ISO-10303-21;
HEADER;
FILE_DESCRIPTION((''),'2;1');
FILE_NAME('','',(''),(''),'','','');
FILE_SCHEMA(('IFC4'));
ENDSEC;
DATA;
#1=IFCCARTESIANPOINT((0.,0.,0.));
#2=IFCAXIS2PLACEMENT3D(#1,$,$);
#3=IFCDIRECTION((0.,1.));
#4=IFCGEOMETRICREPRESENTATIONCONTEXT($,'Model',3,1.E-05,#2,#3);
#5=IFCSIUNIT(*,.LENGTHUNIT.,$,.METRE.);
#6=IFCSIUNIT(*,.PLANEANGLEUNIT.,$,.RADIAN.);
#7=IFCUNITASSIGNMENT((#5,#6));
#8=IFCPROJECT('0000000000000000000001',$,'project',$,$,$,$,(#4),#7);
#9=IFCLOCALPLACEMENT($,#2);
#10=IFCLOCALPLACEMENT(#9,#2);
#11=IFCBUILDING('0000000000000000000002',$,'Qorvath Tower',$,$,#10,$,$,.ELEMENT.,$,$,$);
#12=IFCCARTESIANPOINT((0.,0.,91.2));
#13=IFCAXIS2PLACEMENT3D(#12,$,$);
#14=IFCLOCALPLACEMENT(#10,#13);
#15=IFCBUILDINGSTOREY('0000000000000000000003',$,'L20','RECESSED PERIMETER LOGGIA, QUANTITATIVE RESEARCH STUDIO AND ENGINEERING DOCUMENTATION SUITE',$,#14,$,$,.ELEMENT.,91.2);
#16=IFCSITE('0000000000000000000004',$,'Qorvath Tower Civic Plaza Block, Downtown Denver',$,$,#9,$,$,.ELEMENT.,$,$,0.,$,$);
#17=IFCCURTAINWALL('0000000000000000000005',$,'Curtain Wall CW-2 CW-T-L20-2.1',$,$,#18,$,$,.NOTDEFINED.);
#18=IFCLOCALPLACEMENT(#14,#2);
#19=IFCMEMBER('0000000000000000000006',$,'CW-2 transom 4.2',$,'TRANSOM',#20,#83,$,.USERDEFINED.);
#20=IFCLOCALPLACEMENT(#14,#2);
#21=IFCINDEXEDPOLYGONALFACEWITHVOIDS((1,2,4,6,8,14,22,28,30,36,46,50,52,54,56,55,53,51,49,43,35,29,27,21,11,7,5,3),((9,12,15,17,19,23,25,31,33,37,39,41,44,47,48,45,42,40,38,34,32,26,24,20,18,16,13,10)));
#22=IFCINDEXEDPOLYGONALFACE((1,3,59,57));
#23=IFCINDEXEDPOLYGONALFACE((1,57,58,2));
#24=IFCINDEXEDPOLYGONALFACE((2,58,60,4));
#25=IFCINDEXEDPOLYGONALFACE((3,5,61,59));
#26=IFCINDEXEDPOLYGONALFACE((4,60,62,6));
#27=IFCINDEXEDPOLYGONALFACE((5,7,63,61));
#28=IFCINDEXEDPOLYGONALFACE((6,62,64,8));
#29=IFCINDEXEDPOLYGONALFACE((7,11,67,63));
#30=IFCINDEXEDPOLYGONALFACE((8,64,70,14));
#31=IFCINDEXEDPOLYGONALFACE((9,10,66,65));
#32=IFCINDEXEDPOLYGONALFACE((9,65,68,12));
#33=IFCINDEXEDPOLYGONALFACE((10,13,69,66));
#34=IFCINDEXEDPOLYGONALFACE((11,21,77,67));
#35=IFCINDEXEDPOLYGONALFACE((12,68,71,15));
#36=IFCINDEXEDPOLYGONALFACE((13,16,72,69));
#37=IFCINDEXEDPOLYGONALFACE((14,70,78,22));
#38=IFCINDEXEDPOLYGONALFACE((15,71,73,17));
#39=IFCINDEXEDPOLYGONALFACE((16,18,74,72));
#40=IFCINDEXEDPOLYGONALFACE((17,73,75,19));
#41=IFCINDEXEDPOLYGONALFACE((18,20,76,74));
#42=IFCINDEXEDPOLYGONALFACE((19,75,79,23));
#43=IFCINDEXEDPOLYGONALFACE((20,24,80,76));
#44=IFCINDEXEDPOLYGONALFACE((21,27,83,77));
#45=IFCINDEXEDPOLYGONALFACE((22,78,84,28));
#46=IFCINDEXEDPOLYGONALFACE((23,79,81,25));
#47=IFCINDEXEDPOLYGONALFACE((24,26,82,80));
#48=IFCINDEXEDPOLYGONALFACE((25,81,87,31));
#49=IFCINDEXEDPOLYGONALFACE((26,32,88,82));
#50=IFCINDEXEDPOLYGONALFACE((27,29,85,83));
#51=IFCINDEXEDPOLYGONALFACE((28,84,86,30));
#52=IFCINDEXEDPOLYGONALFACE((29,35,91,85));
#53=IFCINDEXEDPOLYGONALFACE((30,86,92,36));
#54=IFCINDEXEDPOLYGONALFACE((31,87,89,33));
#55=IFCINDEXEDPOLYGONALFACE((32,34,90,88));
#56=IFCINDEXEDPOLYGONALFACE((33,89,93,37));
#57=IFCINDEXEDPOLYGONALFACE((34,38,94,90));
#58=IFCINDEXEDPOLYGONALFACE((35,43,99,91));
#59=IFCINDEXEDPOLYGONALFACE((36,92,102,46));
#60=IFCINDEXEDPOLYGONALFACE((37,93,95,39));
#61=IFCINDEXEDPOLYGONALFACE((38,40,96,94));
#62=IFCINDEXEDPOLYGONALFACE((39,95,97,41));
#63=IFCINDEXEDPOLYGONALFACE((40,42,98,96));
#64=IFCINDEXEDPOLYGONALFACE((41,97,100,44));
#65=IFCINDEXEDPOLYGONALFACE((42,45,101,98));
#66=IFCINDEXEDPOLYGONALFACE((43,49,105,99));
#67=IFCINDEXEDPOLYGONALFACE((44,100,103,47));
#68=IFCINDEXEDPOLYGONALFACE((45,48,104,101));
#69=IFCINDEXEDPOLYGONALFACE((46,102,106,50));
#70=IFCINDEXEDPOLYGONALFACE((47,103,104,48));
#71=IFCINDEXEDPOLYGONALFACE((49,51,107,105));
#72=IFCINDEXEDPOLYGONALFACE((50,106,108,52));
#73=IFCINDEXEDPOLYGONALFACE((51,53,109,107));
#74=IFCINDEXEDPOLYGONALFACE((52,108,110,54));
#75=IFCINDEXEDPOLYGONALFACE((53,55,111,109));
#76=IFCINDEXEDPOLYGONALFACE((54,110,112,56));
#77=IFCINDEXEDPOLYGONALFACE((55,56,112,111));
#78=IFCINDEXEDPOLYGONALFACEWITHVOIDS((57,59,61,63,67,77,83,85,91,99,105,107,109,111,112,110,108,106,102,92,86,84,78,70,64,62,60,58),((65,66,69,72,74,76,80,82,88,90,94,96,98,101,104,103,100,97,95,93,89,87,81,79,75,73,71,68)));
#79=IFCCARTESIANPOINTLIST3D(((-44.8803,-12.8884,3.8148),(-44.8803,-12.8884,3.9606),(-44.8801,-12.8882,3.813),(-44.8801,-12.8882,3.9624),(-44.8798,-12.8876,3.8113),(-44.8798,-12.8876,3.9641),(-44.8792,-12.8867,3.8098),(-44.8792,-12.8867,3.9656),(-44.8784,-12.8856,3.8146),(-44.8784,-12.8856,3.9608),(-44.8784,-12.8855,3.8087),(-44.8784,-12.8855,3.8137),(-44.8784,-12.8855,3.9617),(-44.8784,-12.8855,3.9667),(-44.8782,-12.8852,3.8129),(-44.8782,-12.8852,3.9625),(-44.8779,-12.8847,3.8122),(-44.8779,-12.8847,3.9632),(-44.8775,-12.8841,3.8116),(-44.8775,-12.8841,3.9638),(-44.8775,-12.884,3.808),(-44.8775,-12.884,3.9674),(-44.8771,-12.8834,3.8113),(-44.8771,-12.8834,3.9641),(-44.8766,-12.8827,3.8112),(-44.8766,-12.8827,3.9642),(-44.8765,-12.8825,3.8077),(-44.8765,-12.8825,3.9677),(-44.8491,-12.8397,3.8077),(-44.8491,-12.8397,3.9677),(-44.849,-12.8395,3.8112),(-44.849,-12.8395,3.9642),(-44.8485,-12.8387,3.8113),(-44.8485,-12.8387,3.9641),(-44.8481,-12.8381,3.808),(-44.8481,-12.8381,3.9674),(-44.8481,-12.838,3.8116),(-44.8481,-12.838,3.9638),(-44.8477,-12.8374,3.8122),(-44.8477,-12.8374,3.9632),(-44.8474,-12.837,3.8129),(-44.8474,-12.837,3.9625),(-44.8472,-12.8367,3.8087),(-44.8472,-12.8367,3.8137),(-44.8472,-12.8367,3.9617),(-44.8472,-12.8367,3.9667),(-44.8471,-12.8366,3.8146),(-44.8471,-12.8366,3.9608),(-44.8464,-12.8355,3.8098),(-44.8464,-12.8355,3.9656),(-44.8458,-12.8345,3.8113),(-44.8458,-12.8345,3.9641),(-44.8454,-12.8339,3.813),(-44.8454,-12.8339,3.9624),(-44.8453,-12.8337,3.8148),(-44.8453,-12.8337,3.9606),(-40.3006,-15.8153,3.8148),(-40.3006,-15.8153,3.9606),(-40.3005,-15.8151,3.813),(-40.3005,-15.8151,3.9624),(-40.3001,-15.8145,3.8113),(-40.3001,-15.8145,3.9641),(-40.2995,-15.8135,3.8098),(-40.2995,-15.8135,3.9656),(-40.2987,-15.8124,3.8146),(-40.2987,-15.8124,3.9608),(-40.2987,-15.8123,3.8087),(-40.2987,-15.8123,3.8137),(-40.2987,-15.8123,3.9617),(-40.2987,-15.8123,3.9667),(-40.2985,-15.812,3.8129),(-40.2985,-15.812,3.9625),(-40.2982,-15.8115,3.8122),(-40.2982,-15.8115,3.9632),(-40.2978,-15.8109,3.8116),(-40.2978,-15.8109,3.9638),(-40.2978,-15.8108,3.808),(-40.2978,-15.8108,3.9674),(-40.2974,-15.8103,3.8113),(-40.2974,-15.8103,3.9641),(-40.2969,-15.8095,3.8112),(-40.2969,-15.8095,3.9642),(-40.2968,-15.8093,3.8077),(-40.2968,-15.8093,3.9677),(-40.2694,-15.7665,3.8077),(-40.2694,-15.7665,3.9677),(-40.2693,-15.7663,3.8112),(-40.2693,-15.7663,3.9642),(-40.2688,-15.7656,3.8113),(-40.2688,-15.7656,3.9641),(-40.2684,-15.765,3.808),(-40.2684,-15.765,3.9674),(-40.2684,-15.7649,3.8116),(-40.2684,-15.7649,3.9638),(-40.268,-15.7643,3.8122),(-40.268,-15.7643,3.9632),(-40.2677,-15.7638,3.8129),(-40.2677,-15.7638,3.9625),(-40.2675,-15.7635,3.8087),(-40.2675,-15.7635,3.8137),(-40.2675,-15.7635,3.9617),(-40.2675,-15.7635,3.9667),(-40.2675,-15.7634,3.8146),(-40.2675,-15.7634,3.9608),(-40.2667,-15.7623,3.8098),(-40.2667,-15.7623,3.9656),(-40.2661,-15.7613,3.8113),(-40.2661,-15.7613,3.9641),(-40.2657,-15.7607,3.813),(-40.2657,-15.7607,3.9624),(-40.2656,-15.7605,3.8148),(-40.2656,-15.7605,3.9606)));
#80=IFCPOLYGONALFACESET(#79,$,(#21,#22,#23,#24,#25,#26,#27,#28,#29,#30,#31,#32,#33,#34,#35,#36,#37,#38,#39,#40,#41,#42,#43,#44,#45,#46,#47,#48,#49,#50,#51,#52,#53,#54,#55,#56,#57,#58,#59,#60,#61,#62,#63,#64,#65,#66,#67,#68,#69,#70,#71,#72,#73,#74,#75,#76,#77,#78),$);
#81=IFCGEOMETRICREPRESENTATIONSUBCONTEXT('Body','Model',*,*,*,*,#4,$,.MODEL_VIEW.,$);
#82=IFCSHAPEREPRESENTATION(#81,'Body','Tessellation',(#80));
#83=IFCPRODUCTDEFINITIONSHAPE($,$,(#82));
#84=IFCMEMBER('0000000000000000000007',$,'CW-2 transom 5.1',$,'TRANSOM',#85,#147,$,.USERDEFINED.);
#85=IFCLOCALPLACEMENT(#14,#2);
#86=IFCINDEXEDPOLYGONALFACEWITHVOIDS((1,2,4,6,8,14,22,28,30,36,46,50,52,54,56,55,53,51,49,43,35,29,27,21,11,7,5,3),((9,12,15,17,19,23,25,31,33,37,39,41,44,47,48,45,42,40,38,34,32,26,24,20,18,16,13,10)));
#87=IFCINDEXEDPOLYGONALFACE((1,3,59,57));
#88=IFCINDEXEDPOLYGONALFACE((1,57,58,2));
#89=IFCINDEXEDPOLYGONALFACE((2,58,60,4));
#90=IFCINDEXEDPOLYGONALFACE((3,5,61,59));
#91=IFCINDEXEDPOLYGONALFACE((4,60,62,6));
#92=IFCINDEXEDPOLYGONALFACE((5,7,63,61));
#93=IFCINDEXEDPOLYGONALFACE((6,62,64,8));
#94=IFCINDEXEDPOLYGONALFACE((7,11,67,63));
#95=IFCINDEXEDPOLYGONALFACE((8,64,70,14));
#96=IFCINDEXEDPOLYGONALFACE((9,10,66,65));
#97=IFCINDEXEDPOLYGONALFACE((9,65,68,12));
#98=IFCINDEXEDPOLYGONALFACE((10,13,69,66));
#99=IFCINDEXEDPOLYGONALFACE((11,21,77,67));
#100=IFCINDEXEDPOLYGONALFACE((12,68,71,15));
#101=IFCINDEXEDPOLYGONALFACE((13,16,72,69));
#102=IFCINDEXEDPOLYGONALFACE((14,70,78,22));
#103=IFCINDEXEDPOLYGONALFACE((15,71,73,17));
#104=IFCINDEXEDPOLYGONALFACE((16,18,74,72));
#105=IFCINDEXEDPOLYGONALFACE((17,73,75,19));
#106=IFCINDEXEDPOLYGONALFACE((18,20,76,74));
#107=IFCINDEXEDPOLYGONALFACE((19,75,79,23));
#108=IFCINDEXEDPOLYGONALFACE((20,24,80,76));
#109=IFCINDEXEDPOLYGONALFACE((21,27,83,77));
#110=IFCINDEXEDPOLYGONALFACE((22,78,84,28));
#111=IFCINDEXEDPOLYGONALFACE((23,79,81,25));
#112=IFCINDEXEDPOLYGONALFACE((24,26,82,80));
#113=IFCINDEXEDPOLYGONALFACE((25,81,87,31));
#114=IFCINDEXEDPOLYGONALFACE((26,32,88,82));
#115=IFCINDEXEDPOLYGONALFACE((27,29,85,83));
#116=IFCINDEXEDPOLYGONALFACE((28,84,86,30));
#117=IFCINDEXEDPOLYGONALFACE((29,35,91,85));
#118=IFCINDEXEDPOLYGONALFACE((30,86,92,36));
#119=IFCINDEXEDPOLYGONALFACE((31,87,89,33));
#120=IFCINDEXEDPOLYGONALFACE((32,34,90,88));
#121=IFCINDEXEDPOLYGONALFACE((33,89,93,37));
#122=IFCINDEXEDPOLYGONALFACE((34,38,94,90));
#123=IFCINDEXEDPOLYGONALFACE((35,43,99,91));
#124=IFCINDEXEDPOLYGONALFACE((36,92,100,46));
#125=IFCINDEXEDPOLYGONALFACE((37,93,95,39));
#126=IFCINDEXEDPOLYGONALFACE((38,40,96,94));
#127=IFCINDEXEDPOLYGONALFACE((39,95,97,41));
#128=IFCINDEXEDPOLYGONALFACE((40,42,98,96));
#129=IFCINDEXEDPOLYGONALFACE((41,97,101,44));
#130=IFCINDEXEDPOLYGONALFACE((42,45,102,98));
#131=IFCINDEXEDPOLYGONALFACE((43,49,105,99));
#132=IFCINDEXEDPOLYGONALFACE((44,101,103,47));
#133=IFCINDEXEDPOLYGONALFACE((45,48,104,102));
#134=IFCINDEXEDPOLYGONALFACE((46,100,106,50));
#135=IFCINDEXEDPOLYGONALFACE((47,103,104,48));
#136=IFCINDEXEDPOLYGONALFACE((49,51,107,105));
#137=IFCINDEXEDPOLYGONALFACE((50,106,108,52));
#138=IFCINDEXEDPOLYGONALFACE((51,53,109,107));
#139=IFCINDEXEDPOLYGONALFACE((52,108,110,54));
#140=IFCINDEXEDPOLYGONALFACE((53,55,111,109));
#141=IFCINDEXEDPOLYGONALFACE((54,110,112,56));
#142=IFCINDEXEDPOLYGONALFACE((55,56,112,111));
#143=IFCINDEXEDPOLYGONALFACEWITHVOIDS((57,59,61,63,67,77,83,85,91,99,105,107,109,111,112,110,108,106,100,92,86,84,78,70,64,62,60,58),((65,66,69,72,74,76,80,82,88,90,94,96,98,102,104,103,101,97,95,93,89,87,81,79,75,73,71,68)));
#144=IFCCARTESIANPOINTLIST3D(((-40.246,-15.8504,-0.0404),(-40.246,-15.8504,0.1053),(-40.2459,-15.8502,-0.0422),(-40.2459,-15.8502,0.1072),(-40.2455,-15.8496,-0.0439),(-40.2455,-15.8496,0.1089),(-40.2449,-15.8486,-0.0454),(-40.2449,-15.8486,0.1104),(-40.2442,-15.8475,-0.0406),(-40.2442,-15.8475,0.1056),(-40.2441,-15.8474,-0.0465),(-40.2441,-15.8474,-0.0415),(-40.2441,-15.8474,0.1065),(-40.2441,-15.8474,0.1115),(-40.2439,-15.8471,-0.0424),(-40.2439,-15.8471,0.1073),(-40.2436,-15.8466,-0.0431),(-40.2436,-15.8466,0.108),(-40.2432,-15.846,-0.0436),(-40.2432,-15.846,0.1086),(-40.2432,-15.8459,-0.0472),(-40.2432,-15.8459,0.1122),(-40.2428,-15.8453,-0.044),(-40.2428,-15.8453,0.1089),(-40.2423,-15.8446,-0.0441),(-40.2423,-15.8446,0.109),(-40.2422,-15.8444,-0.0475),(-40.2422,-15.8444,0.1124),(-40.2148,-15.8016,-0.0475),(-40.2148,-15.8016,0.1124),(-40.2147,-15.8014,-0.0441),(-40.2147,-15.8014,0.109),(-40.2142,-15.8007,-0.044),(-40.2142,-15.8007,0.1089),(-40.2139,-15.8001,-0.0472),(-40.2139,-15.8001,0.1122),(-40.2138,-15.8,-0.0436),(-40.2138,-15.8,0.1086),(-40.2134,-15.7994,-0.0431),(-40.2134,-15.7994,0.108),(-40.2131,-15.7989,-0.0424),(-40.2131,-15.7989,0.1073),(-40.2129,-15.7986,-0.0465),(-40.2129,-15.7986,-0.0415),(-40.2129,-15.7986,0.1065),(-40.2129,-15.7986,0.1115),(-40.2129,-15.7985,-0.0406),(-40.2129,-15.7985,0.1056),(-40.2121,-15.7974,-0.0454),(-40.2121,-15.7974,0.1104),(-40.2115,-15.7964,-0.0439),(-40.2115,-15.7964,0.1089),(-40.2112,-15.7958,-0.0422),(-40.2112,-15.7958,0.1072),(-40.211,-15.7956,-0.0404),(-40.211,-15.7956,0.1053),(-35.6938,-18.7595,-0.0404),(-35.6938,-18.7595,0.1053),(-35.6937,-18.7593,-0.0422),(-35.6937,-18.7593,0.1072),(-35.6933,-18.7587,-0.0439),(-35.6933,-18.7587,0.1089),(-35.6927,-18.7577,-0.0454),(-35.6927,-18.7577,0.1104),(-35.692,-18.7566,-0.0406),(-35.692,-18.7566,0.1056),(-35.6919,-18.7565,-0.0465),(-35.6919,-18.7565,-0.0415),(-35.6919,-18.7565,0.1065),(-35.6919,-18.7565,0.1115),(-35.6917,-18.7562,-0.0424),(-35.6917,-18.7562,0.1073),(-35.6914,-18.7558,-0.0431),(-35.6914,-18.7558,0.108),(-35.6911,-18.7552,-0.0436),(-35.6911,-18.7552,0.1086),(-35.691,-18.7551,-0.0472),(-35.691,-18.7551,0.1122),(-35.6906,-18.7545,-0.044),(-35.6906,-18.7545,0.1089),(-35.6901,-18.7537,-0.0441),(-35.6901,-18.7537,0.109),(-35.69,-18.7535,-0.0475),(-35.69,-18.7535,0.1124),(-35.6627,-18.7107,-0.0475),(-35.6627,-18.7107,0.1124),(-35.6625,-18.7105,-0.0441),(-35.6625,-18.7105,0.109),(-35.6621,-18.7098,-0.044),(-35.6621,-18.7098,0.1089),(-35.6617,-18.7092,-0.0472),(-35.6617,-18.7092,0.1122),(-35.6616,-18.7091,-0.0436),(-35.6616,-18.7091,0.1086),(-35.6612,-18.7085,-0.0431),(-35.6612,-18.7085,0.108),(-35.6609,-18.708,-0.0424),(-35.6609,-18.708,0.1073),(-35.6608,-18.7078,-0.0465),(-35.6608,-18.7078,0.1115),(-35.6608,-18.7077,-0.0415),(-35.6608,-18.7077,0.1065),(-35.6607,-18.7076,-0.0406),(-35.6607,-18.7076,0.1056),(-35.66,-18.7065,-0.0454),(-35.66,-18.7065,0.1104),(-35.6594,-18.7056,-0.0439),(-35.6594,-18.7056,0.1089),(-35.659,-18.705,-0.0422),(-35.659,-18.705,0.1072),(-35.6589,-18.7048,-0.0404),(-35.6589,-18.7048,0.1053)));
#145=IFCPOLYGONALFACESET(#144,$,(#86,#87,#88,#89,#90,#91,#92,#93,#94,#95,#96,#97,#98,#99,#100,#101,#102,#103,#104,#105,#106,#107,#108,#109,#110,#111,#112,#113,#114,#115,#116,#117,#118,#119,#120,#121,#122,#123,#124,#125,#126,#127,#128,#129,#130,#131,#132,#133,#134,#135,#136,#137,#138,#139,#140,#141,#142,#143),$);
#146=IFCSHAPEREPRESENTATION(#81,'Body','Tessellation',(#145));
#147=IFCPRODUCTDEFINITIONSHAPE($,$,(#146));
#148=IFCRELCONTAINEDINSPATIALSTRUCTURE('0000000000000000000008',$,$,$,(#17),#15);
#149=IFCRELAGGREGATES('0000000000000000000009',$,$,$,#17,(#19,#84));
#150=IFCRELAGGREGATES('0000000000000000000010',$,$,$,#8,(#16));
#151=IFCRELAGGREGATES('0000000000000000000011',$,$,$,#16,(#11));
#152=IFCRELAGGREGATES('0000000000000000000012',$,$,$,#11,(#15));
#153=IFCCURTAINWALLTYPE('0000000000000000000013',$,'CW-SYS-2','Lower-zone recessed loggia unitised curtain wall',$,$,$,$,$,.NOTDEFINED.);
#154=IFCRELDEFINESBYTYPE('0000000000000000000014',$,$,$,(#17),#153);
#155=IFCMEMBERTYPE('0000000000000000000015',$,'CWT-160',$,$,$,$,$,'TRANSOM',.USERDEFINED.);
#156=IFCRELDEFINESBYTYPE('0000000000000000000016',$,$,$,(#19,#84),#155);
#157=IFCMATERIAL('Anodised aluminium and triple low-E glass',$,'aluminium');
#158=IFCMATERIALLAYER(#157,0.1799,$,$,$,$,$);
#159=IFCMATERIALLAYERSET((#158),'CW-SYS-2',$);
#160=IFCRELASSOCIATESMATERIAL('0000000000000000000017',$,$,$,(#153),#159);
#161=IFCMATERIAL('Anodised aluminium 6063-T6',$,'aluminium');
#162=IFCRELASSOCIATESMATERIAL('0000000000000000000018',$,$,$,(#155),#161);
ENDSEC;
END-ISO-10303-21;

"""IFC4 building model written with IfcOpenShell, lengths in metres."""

from ifc_helpers import new_model, si_unit, direction, frame, origin, origin_2d, place, context, subcontext, project, spatial, hollow_rectangle, extrude, material, layer, layer_set, material_profile, profile_set, type_object, element, aggregate, save


model = new_model("IFC4")

# Units and contexts
model_context = context("Model", 3, precision=1e-05, world=origin(), true_north=direction((0.0, 1.0)))
body_context = subcontext(model_context, "Body", "Model", "MODEL_VIEW")
ifc_project = project(units=[si_unit("LENGTHUNIT", "METRE"), si_unit("PLANEANGLEUNIT", "RADIAN")], contexts=[model_context])

# Site, building, storey
site_placement = place(None, origin())
site = spatial("IfcSite", under=ifc_project, at=site_placement, Name="Qorvath Tower Civic Plaza Block, Downtown Denver", CompositionType="ELEMENT", RefElevation=0.0)
building_placement = place(site_placement, origin())
building = spatial("IfcBuilding", under=site, at=building_placement, Name="Qorvath Tower", CompositionType="ELEMENT")
storey_placement = place(building_placement, frame((0.0, 0.0, 91.2)))
storey = spatial("IfcBuildingStorey", under=building, at=storey_placement, Name="L20", Description="RECESSED PERIMETER LOGGIA, QUANTITATIVE RESEARCH STUDIO AND ENGINEERING DOCUMENTATION SUITE", CompositionType="ELEMENT", Elevation=91.2)

# Curtain wall, members
ifc_material_1 = material(Name="Anodised aluminium and triple low-E glass", Category="aluminium")
ifc_layer_1 = layer(ifc_material_1, 0.1799)
ifc_layer_set_1 = layer_set([ifc_layer_1], Name="CW-SYS-2")
curtain_wall_type = type_object("IfcCurtainWallType", Name="CW-SYS-2", Description="Lower-zone recessed loggia unitised curtain wall", PredefinedType="NOTDEFINED", material=ifc_layer_set_1)
curtain_wall_placement = place(storey_placement, origin())
curtain_wall = element("IfcCurtainWall", 1, at=curtain_wall_placement, inside=storey, type_object=curtain_wall_type, Name="Curtain Wall CW-2 CW-T-L20-2.1", PredefinedType="NOTDEFINED")
ifc_material_2 = material(Name="Anodised aluminium 6063-T6", Category="aluminium")
ifc_material_profile_1 = material_profile(ifc_material_2, hollow_rectangle(XDim=0.0649, YDim=0.1599, WallThickness=0.0034, InnerFilletRadius=0.0034, OuterFilletRadius=0.0071, at=origin_2d()), Name="CWT 160x65")
ifc_profile_set_1 = profile_set([ifc_material_profile_1], Name="Anodised aluminium 6063-T6")
member_type_1 = type_object("IfcMemberType", Name="CWT-160", ElementType="TRANSOM", PredefinedType="USERDEFINED", material=ifc_profile_set_1)
member_1_placement = place(storey_placement, frame((-44.8628, -12.8611, 3.8877), z_axis=(0.84262, -0.538508, 0.0), x_axis=(0.538508, 0.84262, 0.0)))
member_1 = element("IfcMember", 2, at=member_1_placement, type_object=member_type_1, Name="CW-2 transom 4.2", ObjectType="TRANSOM", PredefinedType="USERDEFINED", context=body_context, shape_type="SweptSolid", body=[
    extrude(hollow_rectangle(XDim=0.0649, YDim=0.1599, WallThickness=0.0034, InnerFilletRadius=0.0034, OuterFilletRadius=0.0071, at=origin_2d()), origin(), (0.0, 0.0, 1.0), 5.4351),
])
member_2_placement = place(storey_placement, frame((-40.2285, -15.823, 0.0325), z_axis=(0.842629, -0.538494, 0.0), x_axis=(0.538494, 0.842629, 0.0)))
member_2 = element("IfcMember", 3, at=member_2_placement, type_object=member_type_1, Name="CW-2 transom 5.1", ObjectType="TRANSOM", PredefinedType="USERDEFINED", context=body_context, shape_type="SweptSolid", body=[
    extrude(hollow_rectangle(XDim=0.0649, YDim=0.1599, WallThickness=0.0034, InnerFilletRadius=0.0034, OuterFilletRadius=0.0071, at=origin_2d()), origin(), (0.0, 0.0, 1.0), 5.4023),
])
aggregate(curtain_wall, [member_1, member_2])

save(model, "model.ifc")
